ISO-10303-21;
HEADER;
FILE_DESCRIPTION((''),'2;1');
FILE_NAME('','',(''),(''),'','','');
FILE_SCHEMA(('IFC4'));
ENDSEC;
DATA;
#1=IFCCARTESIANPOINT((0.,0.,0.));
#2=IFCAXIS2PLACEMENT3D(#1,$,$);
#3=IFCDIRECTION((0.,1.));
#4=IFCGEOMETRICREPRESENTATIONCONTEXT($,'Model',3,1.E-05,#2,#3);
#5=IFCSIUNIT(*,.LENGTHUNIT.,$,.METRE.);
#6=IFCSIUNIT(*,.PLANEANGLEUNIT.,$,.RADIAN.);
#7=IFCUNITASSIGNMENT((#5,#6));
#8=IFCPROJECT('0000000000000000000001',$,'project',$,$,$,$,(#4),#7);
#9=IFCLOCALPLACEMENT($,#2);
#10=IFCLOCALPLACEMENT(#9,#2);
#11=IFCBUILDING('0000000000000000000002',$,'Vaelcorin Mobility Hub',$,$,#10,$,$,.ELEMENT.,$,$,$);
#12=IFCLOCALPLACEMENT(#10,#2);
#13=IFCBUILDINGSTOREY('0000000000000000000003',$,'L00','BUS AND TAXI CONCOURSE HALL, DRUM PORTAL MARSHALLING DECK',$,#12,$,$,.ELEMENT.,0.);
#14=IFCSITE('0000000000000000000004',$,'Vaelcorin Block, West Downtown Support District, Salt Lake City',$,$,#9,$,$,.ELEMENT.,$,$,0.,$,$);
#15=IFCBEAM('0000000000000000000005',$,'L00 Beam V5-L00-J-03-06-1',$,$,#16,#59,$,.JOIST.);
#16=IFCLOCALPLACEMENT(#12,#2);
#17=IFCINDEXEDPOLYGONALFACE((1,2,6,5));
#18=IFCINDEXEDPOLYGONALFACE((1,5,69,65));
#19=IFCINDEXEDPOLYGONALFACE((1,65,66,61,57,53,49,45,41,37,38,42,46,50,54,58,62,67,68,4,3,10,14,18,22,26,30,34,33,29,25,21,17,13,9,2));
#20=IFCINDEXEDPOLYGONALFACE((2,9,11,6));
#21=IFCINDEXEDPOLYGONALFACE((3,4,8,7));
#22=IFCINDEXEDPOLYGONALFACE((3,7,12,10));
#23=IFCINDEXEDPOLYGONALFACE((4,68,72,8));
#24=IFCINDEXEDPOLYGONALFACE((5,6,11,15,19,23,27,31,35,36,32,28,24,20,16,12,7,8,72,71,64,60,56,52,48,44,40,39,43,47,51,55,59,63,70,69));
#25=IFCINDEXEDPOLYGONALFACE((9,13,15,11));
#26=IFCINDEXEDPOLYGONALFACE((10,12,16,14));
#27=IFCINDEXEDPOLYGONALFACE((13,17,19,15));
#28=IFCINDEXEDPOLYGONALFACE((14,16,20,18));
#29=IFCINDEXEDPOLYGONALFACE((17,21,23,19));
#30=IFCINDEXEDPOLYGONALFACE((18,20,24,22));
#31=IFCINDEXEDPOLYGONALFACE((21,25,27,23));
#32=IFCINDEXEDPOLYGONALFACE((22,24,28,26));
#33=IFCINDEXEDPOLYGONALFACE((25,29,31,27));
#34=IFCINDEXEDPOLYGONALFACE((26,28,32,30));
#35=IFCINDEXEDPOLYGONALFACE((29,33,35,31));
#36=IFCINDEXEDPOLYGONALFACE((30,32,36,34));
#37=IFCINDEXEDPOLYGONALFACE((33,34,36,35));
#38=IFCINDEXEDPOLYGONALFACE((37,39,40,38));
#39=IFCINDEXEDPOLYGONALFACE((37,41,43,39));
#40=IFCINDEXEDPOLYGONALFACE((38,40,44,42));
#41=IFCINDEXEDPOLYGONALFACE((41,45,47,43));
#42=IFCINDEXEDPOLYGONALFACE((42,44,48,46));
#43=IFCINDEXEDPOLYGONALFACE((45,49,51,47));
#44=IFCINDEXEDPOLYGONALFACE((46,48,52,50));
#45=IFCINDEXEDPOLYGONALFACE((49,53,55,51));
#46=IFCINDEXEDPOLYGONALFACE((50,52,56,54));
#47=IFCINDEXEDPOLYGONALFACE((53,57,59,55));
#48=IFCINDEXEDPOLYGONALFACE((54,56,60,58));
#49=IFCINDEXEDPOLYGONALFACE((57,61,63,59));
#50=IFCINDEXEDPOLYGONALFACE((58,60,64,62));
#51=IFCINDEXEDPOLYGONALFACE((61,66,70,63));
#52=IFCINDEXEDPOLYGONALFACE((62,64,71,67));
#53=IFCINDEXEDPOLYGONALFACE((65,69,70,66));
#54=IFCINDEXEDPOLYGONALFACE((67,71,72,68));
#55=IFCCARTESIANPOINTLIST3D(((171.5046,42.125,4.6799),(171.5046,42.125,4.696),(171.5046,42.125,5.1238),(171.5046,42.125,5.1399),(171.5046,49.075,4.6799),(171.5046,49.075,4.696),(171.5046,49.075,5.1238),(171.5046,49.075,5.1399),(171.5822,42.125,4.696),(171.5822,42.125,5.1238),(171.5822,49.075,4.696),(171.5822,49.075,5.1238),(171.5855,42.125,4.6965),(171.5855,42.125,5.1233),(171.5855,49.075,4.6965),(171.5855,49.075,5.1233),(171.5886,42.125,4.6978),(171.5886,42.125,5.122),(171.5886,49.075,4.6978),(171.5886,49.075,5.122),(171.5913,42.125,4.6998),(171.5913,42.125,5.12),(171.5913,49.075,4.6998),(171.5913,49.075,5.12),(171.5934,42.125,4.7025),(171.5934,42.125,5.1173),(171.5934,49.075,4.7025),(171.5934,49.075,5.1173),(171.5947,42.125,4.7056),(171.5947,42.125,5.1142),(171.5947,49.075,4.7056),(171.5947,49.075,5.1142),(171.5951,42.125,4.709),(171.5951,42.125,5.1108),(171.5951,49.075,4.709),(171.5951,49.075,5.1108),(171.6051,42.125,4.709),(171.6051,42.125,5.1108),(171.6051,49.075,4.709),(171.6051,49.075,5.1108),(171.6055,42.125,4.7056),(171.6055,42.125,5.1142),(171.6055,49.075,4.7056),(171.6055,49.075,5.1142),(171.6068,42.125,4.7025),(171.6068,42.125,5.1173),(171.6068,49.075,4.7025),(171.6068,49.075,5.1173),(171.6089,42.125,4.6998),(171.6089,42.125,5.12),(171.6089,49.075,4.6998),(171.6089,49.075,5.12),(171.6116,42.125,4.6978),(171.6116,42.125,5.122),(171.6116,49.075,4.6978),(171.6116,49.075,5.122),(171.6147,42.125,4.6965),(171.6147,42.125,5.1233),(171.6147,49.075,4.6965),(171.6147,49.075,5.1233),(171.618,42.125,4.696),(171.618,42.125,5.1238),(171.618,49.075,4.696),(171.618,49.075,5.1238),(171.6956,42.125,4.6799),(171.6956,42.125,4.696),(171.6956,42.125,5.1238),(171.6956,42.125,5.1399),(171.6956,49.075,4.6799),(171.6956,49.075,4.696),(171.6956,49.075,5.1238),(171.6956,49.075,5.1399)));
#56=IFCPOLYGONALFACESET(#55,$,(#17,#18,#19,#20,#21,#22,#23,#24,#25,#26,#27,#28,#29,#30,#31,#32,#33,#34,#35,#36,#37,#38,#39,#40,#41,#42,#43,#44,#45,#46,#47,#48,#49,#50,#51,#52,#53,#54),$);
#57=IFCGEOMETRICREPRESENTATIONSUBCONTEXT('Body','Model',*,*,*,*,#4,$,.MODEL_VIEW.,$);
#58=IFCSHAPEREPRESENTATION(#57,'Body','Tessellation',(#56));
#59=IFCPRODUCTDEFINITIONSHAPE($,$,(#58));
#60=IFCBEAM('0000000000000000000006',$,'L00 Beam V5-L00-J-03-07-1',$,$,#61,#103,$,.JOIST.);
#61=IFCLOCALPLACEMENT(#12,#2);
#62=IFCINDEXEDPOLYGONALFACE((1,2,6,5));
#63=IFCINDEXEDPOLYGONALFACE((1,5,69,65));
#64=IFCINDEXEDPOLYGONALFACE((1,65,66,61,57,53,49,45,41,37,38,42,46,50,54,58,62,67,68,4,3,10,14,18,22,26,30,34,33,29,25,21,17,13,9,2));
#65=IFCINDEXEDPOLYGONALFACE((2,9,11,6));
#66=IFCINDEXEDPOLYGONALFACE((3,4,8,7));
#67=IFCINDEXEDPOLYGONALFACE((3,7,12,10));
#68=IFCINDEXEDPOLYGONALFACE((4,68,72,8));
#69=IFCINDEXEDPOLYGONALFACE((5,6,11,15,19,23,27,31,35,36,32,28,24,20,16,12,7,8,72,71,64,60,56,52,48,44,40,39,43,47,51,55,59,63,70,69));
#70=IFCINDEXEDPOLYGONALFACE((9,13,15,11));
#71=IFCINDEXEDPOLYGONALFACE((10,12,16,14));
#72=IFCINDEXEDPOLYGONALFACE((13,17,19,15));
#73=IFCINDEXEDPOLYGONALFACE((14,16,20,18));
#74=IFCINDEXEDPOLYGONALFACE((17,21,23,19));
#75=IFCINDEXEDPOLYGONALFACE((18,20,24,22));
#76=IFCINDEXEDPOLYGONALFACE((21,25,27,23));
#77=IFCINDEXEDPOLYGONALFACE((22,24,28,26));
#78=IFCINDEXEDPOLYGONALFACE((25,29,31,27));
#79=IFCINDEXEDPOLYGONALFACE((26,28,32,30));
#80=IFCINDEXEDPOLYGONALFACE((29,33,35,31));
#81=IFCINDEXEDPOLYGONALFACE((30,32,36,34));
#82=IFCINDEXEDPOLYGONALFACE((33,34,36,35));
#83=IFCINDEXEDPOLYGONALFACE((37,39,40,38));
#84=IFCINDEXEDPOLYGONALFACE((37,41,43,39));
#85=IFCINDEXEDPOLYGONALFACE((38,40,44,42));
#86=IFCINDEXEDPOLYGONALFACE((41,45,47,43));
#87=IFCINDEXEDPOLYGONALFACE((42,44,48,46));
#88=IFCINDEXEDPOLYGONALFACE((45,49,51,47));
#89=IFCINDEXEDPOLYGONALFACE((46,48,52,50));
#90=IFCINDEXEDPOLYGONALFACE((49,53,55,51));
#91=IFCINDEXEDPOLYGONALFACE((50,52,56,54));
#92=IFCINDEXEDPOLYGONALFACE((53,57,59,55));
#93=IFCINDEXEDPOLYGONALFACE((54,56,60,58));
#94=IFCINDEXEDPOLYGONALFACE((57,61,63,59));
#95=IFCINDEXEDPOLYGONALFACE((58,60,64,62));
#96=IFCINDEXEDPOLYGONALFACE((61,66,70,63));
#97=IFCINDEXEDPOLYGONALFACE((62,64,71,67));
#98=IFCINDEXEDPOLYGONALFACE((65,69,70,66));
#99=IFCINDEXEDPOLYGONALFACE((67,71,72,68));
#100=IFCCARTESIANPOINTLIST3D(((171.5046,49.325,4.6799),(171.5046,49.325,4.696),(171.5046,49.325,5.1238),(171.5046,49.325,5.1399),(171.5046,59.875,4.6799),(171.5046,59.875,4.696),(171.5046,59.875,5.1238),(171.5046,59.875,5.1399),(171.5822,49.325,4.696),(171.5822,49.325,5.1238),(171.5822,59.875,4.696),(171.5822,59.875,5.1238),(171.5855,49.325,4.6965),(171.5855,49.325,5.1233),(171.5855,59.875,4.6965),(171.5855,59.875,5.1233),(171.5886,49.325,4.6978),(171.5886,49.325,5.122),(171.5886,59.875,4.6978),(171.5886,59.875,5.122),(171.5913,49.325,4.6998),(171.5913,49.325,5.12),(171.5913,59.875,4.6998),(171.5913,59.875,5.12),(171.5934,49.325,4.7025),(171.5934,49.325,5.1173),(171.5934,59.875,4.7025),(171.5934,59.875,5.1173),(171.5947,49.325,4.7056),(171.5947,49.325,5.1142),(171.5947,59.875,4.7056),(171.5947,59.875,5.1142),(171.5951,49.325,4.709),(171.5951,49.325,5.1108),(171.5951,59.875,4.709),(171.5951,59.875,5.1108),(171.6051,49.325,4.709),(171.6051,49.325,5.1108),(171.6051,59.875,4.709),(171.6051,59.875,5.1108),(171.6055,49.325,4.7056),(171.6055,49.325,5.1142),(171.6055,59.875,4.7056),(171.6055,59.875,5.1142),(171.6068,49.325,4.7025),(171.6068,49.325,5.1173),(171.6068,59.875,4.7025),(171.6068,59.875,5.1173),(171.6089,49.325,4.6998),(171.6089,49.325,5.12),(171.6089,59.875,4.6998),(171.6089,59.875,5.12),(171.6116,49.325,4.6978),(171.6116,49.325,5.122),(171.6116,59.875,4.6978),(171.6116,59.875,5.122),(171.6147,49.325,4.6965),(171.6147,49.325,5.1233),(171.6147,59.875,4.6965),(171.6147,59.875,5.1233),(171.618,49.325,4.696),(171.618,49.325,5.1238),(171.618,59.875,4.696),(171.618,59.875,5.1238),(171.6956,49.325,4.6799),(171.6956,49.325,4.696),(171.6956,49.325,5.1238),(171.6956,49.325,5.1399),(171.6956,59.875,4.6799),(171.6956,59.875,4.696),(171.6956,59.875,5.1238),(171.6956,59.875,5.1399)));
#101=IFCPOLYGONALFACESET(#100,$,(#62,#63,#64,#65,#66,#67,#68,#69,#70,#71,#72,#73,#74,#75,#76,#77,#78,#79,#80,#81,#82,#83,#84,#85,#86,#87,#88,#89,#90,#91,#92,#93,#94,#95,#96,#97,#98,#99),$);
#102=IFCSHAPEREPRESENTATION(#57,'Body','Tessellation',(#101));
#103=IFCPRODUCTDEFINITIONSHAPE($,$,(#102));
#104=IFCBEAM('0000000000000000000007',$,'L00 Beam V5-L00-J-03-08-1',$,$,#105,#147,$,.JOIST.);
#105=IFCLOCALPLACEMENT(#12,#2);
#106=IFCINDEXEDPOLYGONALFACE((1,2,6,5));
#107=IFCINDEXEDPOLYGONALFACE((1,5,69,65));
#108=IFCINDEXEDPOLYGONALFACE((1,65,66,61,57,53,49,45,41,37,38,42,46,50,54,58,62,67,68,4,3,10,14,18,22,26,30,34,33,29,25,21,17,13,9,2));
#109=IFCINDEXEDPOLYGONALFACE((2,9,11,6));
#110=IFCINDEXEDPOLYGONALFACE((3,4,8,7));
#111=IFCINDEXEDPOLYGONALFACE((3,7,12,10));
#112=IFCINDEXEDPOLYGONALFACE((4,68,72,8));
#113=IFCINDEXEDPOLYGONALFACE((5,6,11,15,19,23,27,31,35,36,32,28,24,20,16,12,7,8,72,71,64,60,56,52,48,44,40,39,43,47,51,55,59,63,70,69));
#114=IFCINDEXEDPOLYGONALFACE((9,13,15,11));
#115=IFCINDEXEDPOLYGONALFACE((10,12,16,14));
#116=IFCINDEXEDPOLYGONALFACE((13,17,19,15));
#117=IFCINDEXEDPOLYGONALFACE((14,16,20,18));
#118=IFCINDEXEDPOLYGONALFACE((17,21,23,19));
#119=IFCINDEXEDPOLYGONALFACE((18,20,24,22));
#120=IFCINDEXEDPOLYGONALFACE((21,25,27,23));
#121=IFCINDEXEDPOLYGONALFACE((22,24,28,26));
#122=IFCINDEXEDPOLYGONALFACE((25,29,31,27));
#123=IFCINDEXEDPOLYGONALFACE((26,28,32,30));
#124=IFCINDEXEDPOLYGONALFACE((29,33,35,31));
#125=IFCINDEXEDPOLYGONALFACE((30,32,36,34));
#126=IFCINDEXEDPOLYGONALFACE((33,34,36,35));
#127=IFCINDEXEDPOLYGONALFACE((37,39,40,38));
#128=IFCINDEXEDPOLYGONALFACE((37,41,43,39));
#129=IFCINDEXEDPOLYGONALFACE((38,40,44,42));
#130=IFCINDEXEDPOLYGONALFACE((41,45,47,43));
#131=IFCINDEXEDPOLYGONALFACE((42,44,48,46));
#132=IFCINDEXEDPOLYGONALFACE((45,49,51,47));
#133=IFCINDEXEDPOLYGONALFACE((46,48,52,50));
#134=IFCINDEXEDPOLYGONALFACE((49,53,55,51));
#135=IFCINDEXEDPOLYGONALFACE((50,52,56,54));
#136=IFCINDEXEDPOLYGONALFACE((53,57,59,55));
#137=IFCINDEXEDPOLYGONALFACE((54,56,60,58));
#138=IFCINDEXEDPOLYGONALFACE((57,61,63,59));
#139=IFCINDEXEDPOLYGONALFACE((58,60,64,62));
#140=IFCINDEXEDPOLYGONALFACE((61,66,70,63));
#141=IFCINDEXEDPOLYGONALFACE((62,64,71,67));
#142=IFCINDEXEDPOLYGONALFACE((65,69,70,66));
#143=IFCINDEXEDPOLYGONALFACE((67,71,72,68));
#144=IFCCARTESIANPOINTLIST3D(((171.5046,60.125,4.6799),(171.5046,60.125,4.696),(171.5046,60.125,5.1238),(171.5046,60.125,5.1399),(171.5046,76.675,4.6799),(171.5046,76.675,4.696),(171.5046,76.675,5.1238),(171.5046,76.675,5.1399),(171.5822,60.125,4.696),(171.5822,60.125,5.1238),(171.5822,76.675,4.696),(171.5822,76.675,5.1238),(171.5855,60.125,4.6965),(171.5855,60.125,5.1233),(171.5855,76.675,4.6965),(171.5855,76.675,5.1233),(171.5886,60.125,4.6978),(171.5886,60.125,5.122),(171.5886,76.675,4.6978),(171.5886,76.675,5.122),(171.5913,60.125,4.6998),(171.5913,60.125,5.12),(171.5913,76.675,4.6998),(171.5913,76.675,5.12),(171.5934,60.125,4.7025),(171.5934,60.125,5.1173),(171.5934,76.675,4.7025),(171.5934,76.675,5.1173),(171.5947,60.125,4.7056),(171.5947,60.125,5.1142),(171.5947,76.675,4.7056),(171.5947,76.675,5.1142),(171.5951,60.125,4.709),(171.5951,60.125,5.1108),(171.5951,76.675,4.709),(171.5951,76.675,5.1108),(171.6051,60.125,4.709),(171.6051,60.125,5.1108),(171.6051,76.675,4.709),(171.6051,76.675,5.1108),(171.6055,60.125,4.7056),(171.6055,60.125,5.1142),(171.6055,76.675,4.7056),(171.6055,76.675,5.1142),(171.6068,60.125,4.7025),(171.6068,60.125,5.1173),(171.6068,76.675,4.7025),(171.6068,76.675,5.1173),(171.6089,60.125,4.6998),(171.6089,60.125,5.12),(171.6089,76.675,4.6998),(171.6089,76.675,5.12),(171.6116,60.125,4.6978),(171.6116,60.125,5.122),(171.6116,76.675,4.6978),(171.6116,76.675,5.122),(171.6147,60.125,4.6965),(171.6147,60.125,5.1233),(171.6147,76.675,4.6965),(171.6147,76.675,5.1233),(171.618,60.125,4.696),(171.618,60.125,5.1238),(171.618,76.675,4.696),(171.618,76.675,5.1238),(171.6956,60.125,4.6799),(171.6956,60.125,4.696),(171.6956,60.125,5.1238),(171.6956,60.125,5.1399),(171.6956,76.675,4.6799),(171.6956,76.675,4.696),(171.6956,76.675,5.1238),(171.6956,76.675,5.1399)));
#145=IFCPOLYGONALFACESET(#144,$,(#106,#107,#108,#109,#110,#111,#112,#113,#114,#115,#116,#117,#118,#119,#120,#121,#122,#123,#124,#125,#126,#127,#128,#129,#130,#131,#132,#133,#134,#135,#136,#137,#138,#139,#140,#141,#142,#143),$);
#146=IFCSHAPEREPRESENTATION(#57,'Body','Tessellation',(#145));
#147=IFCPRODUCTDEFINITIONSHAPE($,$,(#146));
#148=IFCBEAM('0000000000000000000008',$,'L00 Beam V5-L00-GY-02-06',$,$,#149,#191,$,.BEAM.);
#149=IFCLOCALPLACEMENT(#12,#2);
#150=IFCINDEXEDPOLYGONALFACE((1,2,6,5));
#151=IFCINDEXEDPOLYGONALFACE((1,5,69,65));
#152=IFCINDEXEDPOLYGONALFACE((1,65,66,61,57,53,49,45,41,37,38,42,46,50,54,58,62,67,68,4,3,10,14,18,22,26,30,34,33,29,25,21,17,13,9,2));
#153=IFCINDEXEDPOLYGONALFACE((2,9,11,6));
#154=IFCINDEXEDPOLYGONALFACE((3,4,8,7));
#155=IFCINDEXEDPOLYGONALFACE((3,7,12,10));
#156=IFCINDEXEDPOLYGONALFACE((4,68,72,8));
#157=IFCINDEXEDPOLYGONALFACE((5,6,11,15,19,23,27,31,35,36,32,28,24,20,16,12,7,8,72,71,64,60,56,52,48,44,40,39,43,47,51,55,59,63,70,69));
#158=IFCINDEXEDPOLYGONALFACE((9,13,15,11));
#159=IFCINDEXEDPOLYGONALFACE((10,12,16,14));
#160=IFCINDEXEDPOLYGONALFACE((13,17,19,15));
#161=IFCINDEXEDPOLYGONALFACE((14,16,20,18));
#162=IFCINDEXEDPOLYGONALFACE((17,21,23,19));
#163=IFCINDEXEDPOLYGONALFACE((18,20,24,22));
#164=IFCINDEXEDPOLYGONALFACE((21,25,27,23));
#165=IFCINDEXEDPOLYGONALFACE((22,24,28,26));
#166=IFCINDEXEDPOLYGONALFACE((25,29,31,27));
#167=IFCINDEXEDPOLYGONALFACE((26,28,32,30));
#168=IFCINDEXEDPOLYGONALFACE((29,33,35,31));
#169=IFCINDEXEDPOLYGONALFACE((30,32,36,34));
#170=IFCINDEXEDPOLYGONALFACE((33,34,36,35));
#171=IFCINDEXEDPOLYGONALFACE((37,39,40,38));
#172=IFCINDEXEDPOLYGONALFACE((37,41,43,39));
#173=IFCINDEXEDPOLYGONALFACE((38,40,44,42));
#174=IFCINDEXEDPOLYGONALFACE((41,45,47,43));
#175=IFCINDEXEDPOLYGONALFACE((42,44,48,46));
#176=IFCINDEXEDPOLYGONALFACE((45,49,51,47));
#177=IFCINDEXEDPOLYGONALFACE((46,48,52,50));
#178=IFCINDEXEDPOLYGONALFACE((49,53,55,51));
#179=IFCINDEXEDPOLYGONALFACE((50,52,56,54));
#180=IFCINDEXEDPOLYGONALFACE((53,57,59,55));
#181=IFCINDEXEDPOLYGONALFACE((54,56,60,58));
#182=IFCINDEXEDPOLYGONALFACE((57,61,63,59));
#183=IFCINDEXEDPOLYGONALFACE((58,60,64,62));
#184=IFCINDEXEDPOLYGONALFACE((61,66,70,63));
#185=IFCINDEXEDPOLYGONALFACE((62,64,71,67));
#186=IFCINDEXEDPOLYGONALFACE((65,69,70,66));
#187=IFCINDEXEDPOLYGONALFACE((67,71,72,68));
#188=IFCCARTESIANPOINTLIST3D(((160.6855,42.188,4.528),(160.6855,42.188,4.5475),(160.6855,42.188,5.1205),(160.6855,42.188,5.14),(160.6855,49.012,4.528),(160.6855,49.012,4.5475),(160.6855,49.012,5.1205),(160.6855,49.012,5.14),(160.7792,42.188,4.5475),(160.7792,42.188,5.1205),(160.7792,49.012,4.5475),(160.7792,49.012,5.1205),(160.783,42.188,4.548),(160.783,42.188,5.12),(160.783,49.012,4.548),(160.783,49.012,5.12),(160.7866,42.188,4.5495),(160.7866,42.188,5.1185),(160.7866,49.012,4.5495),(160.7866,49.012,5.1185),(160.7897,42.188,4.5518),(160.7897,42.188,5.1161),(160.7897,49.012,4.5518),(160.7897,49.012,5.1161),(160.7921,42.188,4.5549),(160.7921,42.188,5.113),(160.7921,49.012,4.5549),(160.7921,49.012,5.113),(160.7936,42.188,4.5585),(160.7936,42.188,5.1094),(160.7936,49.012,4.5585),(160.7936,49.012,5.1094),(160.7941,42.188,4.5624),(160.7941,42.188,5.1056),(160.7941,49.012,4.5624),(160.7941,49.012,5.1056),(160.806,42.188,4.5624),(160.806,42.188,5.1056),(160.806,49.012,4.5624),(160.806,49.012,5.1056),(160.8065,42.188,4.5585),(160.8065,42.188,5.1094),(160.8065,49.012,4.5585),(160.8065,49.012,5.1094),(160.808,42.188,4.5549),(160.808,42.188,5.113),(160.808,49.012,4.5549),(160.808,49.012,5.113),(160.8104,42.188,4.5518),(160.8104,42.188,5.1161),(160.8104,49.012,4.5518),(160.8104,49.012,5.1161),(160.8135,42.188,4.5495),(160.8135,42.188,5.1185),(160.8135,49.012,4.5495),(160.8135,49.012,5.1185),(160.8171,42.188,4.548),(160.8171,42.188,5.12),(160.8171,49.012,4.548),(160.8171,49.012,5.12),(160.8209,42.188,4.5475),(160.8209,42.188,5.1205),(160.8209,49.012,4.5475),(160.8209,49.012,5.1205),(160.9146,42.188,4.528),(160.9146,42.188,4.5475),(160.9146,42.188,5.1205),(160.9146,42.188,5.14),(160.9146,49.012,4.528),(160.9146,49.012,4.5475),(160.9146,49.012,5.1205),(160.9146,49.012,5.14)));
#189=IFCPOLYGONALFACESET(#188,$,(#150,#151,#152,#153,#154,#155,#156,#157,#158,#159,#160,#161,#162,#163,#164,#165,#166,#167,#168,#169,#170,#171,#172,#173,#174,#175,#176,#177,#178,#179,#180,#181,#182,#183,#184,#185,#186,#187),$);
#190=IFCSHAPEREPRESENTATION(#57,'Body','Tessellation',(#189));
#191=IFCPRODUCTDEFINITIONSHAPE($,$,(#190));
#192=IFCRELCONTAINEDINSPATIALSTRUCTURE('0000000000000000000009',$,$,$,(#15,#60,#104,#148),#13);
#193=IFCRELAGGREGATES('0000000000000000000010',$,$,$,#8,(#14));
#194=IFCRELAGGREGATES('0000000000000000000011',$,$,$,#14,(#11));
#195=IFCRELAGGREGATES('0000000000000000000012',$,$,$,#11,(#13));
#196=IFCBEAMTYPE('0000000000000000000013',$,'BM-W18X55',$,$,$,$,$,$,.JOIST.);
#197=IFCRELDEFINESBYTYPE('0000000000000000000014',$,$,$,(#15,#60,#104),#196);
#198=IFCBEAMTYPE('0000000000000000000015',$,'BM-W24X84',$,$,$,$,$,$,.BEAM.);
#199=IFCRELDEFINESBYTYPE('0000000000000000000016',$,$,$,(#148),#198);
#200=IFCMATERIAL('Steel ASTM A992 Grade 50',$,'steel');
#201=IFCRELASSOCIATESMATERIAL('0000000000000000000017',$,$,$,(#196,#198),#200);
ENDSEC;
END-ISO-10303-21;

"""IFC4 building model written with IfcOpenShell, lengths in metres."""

from ifc_helpers import new_model, si_unit, direction, frame, origin, origin_2d, place, context, subcontext, project, spatial, i_section, extrude, material, material_profile, profile_set, type_object, element, save


model = new_model("IFC4")

# Units and contexts
model_context = context("Model", 3, precision=1e-05, world=origin(), true_north=direction((0.0, 1.0)))
body_context = subcontext(model_context, "Body", "Model", "MODEL_VIEW")
ifc_project = project(units=[si_unit("LENGTHUNIT", "METRE"), si_unit("PLANEANGLEUNIT", "RADIAN")], contexts=[model_context])

# Site, building, storey
site_placement = place(None, origin())
site = spatial("IfcSite", under=ifc_project, at=site_placement, Name="Vaelcorin Block, West Downtown Support District, Salt Lake City", CompositionType="ELEMENT", RefElevation=0.0)
building_placement = place(site_placement, origin())
building = spatial("IfcBuilding", under=site, at=building_placement, Name="Vaelcorin Mobility Hub", CompositionType="ELEMENT")
storey_placement = place(building_placement, origin())
storey = spatial("IfcBuildingStorey", under=building, at=storey_placement, Name="L00", Description="BUS AND TAXI CONCOURSE HALL, DRUM PORTAL MARSHALLING DECK", CompositionType="ELEMENT", Elevation=0.0)

# Shared definitions
ifc_material_1 = material(Name="Steel ASTM A992 Grade 50", Category="steel")

# Beams
ifc_material_profile_1 = material_profile(ifc_material_1, i_section(OverallWidth=0.1909, OverallDepth=0.46, WebThickness=0.01, FlangeThickness=0.0161, FilletRadius=0.0129, at=origin_2d()), Name="W18X55")
ifc_profile_set_1 = profile_set([ifc_material_profile_1], Name="Steel ASTM A992 Grade 50")
beam_type_1 = type_object("IfcBeamType", Name="BM-W18X55", PredefinedType="JOIST", material=ifc_profile_set_1)
beam_1_placement = place(storey_placement, frame((171.6001, 42.125, 4.9099), z_axis=(0.0, 1.0, 0.0), x_axis=(-1.0, 0.0, 0.0)))
element("IfcBeam", 1, at=beam_1_placement, inside=storey, type_object=beam_type_1, Name="L00 Beam V5-L00-J-03-06-1", PredefinedType="JOIST", context=body_context, shape_type="SweptSolid", body=[
    extrude(i_section(OverallWidth=0.1909, OverallDepth=0.46, WebThickness=0.01, FlangeThickness=0.0161, FilletRadius=0.0129, at=origin_2d()), origin(), (0.0, 0.0, 1.0), 6.95),
])
beam_2_placement = place(storey_placement, frame((171.6001, 49.325, 4.9099), z_axis=(0.0, 1.0, 0.0), x_axis=(-1.0, 0.0, 0.0)))
element("IfcBeam", 2, at=beam_2_placement, inside=storey, type_object=beam_type_1, Name="L00 Beam V5-L00-J-03-07-1", PredefinedType="JOIST", context=body_context, shape_type="SweptSolid", body=[
    extrude(i_section(OverallWidth=0.1909, OverallDepth=0.46, WebThickness=0.01, FlangeThickness=0.0161, FilletRadius=0.0129, at=origin_2d()), origin(), (0.0, 0.0, 1.0), 10.55),
])
beam_3_placement = place(storey_placement, frame((171.6001, 60.125, 4.9099), z_axis=(0.0, 1.0, 0.0), x_axis=(-1.0, 0.0, 0.0)))
element("IfcBeam", 3, at=beam_3_placement, inside=storey, type_object=beam_type_1, Name="L00 Beam V5-L00-J-03-08-1", PredefinedType="JOIST", context=body_context, shape_type="SweptSolid", body=[
    extrude(i_section(OverallWidth=0.1909, OverallDepth=0.46, WebThickness=0.01, FlangeThickness=0.0161, FilletRadius=0.0129, at=origin_2d()), origin(), (0.0, 0.0, 1.0), 16.55),
])
ifc_material_profile_2 = material_profile(ifc_material_1, i_section(OverallWidth=0.229, OverallDepth=0.6121, WebThickness=0.012, FlangeThickness=0.0195, FilletRadius=0.0149, at=origin_2d()), Name="W24X84")
ifc_profile_set_2 = profile_set([ifc_material_profile_2], Name="Steel ASTM A992 Grade 50")
beam_type_2 = type_object("IfcBeamType", Name="BM-W24X84", PredefinedType="BEAM", material=ifc_profile_set_2)
beam_4_placement = place(storey_placement, frame((160.8, 42.188, 4.834), z_axis=(0.0, 1.0, 0.0), x_axis=(-1.0, 0.0, 0.0)))
element("IfcBeam", 4, at=beam_4_placement, inside=storey, type_object=beam_type_2, Name="L00 Beam V5-L00-GY-02-06", PredefinedType="BEAM", context=body_context, shape_type="SweptSolid", body=[
    extrude(i_section(OverallWidth=0.229, OverallDepth=0.6121, WebThickness=0.012, FlangeThickness=0.0195, FilletRadius=0.0149, at=origin_2d()), origin(), (0.0, 0.0, 1.0), 6.824),
])

save(model, "model.ifc")
